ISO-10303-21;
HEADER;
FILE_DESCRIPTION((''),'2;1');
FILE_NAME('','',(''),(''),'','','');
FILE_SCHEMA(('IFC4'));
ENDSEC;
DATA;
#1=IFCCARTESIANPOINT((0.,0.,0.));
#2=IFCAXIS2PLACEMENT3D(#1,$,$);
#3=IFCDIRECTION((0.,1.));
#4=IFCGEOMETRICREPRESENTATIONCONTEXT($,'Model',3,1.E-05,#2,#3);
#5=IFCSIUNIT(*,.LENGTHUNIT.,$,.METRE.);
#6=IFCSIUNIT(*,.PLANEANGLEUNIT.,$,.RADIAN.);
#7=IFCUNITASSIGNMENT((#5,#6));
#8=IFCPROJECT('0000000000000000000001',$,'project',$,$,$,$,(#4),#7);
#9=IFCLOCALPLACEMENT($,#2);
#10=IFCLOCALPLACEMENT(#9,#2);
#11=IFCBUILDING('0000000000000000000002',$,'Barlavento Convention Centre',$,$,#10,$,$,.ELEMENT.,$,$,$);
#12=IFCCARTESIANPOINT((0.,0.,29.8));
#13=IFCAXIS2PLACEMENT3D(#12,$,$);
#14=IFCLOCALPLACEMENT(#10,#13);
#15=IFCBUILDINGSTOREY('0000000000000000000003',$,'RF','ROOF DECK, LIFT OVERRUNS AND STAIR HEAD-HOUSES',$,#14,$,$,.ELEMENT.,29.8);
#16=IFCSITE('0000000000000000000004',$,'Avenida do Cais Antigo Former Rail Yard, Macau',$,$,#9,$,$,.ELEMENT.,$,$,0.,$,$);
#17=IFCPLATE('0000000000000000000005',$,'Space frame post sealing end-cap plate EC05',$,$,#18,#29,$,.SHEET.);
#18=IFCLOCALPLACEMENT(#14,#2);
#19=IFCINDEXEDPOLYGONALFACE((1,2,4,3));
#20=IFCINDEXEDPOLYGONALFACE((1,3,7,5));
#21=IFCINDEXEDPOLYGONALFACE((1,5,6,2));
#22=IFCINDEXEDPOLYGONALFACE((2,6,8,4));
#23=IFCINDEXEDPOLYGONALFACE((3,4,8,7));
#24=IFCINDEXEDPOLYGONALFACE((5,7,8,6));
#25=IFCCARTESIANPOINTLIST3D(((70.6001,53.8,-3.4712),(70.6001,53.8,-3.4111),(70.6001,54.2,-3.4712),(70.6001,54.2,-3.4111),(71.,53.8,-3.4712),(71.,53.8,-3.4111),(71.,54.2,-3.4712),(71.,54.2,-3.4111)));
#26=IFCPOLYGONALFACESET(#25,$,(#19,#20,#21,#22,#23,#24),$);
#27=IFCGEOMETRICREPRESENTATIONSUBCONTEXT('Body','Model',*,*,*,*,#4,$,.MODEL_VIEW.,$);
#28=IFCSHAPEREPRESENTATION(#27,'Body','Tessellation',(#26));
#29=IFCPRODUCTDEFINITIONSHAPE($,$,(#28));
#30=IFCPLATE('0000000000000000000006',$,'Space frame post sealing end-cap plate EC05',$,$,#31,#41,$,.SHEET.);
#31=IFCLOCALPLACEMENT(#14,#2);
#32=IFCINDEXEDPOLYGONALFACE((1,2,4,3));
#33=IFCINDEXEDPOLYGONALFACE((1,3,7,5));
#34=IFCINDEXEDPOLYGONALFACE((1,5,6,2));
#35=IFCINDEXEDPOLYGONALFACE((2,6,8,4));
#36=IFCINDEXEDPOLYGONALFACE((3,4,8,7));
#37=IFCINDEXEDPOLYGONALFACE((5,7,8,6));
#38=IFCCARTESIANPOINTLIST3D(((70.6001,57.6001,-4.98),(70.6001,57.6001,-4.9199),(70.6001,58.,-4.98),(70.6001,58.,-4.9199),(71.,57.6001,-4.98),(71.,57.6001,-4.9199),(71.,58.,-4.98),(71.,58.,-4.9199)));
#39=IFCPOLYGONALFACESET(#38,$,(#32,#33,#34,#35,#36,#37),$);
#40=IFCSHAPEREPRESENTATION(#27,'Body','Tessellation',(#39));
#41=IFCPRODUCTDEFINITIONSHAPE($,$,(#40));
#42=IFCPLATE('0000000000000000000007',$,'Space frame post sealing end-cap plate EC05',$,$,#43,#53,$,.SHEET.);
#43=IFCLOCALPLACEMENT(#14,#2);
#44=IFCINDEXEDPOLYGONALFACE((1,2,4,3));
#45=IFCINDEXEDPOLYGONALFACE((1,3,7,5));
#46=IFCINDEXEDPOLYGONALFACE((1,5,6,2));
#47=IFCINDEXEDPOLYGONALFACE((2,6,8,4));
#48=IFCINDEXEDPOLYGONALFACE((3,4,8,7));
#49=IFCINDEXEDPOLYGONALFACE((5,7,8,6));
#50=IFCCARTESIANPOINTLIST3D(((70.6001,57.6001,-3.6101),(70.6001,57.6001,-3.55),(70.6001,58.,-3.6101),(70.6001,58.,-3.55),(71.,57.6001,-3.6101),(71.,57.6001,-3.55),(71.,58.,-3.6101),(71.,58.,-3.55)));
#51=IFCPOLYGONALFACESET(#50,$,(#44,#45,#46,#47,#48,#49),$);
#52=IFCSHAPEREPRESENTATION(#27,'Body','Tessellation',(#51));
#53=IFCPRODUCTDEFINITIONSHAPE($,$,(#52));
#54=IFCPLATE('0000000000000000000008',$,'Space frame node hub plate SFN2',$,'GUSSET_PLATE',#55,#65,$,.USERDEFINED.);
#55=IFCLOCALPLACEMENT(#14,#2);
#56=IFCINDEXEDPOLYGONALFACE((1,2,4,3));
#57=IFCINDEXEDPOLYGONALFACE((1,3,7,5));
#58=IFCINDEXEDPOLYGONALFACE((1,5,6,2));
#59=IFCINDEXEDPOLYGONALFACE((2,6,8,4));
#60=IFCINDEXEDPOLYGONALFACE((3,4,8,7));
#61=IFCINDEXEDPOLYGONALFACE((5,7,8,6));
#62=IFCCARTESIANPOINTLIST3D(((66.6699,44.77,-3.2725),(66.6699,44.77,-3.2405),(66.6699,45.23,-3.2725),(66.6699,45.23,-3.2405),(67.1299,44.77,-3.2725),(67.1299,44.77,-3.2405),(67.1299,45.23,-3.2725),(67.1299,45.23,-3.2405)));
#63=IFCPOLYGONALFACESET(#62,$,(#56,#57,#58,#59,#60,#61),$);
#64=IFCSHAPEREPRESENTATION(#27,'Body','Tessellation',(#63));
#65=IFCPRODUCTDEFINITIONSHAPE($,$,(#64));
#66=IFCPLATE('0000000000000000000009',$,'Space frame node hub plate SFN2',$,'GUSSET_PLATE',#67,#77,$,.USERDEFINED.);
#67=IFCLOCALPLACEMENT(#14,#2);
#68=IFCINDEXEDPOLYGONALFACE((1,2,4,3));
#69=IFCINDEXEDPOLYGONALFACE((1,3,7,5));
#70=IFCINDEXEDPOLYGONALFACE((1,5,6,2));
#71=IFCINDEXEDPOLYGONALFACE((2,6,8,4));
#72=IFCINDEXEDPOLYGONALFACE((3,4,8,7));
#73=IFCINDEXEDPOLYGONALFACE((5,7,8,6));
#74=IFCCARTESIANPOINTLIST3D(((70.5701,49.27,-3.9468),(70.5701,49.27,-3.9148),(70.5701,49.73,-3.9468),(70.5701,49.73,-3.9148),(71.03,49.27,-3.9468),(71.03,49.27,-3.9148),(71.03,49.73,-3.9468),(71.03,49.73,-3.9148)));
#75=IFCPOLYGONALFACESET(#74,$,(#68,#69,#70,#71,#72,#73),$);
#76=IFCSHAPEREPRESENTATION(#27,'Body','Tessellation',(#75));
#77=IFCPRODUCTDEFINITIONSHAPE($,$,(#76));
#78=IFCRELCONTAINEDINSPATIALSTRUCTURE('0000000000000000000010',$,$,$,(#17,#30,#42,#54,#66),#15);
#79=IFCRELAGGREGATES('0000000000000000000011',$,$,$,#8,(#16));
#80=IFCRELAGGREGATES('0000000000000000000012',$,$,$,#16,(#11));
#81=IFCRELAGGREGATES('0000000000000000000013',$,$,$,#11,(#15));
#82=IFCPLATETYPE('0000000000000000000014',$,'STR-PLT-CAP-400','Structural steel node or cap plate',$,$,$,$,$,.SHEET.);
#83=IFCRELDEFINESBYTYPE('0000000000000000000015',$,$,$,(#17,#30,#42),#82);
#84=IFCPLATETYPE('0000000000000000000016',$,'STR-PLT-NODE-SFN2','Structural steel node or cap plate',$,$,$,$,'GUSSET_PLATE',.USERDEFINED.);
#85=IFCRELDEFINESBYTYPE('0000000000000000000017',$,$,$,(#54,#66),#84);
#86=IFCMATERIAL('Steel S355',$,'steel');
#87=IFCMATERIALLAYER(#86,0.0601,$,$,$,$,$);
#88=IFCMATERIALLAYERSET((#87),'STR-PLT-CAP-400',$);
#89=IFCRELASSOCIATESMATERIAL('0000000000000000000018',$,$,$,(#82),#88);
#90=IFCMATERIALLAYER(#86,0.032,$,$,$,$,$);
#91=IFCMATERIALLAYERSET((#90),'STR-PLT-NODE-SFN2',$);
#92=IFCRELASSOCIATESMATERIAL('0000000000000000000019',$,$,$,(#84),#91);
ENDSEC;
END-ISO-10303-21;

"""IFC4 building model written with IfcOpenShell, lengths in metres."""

from ifc_helpers import new_model, si_unit, direction, frame, origin, origin_2d, place, context, subcontext, project, spatial, rectangle, extrude, material, layer, layer_set, type_object, element, save


model = new_model("IFC4")

# Units and contexts
model_context = context("Model", 3, precision=1e-05, world=origin(), true_north=direction((0.0, 1.0)))
body_context = subcontext(model_context, "Body", "Model", "MODEL_VIEW")
ifc_project = project(units=[si_unit("LENGTHUNIT", "METRE"), si_unit("PLANEANGLEUNIT", "RADIAN")], contexts=[model_context])

# Site, building, storey
site_placement = place(None, origin())
site = spatial("IfcSite", under=ifc_project, at=site_placement, Name="Avenida do Cais Antigo Former Rail Yard, Macau", CompositionType="ELEMENT", RefElevation=0.0)
building_placement = place(site_placement, origin())
building = spatial("IfcBuilding", under=site, at=building_placement, Name="Barlavento Convention Centre", CompositionType="ELEMENT")
storey_placement = place(building_placement, frame((0.0, 0.0, 29.8)))
storey = spatial("IfcBuildingStorey", under=building, at=storey_placement, Name="RF", Description="ROOF DECK, LIFT OVERRUNS AND STAIR HEAD-HOUSES", CompositionType="ELEMENT", Elevation=29.8)

# Shared definitions
ifc_material = material(Name="Steel S355", Category="steel")

# Plates
ifc_layer_1 = layer(ifc_material, 0.0601)
ifc_layer_set_1 = layer_set([ifc_layer_1], Name="STR-PLT-CAP-400")
plate_type_1 = type_object("IfcPlateType", Name="STR-PLT-CAP-400", Description="Structural steel node or cap plate", PredefinedType="SHEET", material=ifc_layer_set_1)
for number, where, z_axis, x_axis, name in (
    (1, (70.8, 54.0, -3.4712), (0.0, 0.0, 1.0), (1.0, 0.0, 0.0), "Space frame post sealing end-cap plate EC05"),
    (2, (70.8, 57.8, -4.98), (0.0, 0.0, 1.0), (1.0, 0.0, 0.0), "Space frame post sealing end-cap plate EC05"),
    (3, (70.8, 57.8, -3.6101), (0.0, 0.0, 1.0), (1.0, 0.0, 0.0), "Space frame post sealing end-cap plate EC05"),
):
    element("IfcPlate", number, at=place(storey_placement, frame(where, z_axis=z_axis, x_axis=x_axis)), inside=storey, type_object=plate_type_1, Name=name, PredefinedType="SHEET", context=body_context, shape_type="SweptSolid", body=[
        extrude(rectangle(XDim=0.3999, YDim=0.3999, at=origin_2d()), origin(), (0.0, 0.0, 1.0), 0.0601),
    ])
ifc_layer_2 = layer(ifc_material, 0.032)
ifc_layer_set_2 = layer_set([ifc_layer_2], Name="STR-PLT-NODE-SFN2")
plate_type_2 = type_object("IfcPlateType", Name="STR-PLT-NODE-SFN2", Description="Structural steel node or cap plate", ElementType="GUSSET_PLATE", PredefinedType="USERDEFINED", material=ifc_layer_set_2)
for number, where, z_axis, x_axis, name in (
    (4, (66.8999, 45.0, -3.2725), (0.0, 0.0, 1.0), (1.0, 0.0, 0.0), "Space frame node hub plate SFN2"),
    (5, (70.8, 49.5, -3.9468), (0.0, 0.0, 1.0), (1.0, 0.0, 0.0), "Space frame node hub plate SFN2"),
):
    element("IfcPlate", number, at=place(storey_placement, frame(where, z_axis=z_axis, x_axis=x_axis)), inside=storey, type_object=plate_type_2, Name=name, ObjectType="GUSSET_PLATE", PredefinedType="USERDEFINED", context=body_context, shape_type="SweptSolid", body=[
        extrude(rectangle(XDim=0.46, YDim=0.46, at=origin_2d()), origin(), (0.0, 0.0, 1.0), 0.032),
    ])

save(model, "model.ifc")
